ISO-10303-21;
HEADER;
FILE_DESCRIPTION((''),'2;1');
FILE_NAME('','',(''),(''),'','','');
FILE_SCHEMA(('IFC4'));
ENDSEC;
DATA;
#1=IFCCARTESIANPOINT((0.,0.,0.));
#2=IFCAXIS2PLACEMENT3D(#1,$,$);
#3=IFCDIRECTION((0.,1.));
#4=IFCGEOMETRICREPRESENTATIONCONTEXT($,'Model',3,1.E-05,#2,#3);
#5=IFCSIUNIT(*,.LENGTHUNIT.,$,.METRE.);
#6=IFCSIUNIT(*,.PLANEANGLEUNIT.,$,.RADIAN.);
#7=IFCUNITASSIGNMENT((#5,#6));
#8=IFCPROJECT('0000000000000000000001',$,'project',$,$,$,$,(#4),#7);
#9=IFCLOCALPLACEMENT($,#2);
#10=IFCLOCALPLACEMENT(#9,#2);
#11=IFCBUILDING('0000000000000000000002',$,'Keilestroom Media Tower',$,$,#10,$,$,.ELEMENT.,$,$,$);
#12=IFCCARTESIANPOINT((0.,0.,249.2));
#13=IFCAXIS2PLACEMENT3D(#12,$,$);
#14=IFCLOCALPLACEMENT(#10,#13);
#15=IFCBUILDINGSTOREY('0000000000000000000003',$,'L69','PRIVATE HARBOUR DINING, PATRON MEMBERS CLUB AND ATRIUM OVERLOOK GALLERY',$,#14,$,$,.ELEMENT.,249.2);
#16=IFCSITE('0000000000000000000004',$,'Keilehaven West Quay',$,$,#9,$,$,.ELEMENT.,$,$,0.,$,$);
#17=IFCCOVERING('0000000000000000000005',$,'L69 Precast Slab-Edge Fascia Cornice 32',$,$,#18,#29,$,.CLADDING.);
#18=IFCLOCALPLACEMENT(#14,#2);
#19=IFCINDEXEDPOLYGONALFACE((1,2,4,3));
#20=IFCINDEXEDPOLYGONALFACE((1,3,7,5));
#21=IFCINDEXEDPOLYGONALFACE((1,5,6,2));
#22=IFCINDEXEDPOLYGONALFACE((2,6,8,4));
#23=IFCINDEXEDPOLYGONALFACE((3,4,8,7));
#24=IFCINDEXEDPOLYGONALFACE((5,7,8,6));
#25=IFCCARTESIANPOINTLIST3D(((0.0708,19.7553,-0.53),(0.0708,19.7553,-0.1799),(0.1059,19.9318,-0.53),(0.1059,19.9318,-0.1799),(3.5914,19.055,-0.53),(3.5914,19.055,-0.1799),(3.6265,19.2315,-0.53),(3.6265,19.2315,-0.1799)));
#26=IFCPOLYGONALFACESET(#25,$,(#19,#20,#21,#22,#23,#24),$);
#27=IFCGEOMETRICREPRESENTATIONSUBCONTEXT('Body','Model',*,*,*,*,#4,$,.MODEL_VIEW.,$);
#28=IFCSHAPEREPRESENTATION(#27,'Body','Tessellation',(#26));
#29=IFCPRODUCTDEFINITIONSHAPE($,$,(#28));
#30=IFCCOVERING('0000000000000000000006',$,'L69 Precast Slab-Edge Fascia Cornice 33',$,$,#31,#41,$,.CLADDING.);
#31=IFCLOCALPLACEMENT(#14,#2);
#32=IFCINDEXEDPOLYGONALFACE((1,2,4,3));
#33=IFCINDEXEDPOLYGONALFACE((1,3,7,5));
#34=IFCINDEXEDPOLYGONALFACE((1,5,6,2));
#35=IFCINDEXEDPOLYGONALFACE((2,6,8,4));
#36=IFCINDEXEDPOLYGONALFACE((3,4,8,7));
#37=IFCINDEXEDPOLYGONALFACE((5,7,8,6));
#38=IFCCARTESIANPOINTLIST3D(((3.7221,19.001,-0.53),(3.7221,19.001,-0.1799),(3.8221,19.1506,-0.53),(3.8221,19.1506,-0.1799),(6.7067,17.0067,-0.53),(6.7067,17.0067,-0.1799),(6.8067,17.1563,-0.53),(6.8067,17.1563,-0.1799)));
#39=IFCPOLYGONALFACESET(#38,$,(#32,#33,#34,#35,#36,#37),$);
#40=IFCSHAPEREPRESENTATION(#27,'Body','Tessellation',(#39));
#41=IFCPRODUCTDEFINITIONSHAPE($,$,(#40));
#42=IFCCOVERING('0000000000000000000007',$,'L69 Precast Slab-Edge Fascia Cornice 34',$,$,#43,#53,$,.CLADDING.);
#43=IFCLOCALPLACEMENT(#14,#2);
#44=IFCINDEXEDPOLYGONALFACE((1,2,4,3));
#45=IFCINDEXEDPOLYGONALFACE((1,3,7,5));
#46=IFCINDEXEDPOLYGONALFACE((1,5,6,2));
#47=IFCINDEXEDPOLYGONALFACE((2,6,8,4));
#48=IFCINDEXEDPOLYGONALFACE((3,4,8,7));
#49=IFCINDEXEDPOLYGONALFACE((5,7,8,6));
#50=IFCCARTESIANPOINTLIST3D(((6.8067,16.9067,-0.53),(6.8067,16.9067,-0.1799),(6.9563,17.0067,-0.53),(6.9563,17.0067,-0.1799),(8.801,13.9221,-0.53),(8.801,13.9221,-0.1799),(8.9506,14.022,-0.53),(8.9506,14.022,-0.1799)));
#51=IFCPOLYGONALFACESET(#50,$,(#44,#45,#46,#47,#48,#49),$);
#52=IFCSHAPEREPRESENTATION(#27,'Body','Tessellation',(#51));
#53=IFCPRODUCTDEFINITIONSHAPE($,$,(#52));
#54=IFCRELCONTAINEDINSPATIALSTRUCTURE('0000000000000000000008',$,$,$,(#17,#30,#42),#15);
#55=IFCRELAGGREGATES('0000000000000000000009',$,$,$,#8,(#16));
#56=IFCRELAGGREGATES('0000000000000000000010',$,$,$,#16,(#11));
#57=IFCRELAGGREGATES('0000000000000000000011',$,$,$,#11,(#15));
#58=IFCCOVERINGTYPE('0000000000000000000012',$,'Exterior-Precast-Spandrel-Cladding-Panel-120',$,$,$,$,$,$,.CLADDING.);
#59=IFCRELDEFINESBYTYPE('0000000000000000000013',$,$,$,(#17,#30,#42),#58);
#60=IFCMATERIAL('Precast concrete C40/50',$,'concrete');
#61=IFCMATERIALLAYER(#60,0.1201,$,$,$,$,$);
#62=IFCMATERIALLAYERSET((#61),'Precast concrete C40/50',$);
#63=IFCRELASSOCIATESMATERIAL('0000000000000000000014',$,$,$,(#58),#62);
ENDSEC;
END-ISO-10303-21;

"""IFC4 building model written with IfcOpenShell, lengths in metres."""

from ifc_helpers import new_model, si_unit, direction, frame, origin, origin_2d, place, context, subcontext, project, spatial, rectangle, extrude, source, transform, mapped, material, layer, layer_set, type_object, element, save


model = new_model("IFC4")

# Units and contexts
model_context = context("Model", 3, precision=1e-05, world=origin(), true_north=direction((0.0, 1.0)))
body_context = subcontext(model_context, "Body", "Model", "MODEL_VIEW")
ifc_project = project(units=[si_unit("LENGTHUNIT", "METRE"), si_unit("PLANEANGLEUNIT", "RADIAN")], contexts=[model_context])

# Site, building, storey
site_placement = place(None, origin())
site = spatial("IfcSite", under=ifc_project, at=site_placement, Name="Keilehaven West Quay", CompositionType="ELEMENT", RefElevation=0.0)
building_placement = place(site_placement, origin())
building = spatial("IfcBuilding", under=site, at=building_placement, Name="Keilestroom Media Tower", CompositionType="ELEMENT")
storey_placement = place(building_placement, frame((0.0, 0.0, 249.2)))
storey = spatial("IfcBuildingStorey", under=building, at=storey_placement, Name="L69", Description="PRIVATE HARBOUR DINING, PATRON MEMBERS CLUB AND ATRIUM OVERLOOK GALLERY", CompositionType="ELEMENT", Elevation=249.2)

# Shared definitions
ifc_material_1 = material(Name="Precast concrete C40/50", Category="concrete")

# Coverings
ifc_layer_1 = layer(ifc_material_1, 0.1201)
ifc_layer_set_1 = layer_set([ifc_layer_1], Name="Precast concrete C40/50")
covering_type = type_object("IfcCoveringType", Name="Exterior-Precast-Spandrel-Cladding-Panel-120", PredefinedType="CLADDING", material=ifc_layer_set_1)
shared_shape_1 = source(origin(), body_context, "Body", "SweptSolid", [
    extrude(rectangle(XDim=3.5896, YDim=0.1799, at=origin_2d()), origin(), (0.0, 0.0, 1.0), 0.3501),
])
for number, where, z_axis, x_axis, name in (
    (1, (1.8486, 19.4934, -0.53), (0.0, 0.0, 1.0), (0.980784, -0.195099, 0.0), "L69 Precast Slab-Edge Fascia Cornice 32"),
    (2, (5.2644, 18.0786, -0.53), (0.0, 0.0, 1.0), (0.831467, -0.555575, 0.0), "L69 Precast Slab-Edge Fascia Cornice 33"),
    (3, (7.8787, 15.4644, -0.53), (0.0, 0.0, 1.0), (0.555575, -0.831467, 0.0), "L69 Precast Slab-Edge Fascia Cornice 34"),
):
    element("IfcCovering", number, at=place(storey_placement, frame(where, z_axis=z_axis, x_axis=x_axis)), inside=storey, type_object=covering_type, Name=name, PredefinedType="CLADDING", context=body_context, shape_type="MappedRepresentation", body=[
        mapped(shared_shape_1, transform((0.0, 0.0, 0.0), x_axis=(1.0, 0.0, 0.0), y_axis=(0.0, 1.0, 0.0), z_axis=(0.0, 0.0, 1.0), scale=1.0)),
    ])

save(model, "model.ifc")
